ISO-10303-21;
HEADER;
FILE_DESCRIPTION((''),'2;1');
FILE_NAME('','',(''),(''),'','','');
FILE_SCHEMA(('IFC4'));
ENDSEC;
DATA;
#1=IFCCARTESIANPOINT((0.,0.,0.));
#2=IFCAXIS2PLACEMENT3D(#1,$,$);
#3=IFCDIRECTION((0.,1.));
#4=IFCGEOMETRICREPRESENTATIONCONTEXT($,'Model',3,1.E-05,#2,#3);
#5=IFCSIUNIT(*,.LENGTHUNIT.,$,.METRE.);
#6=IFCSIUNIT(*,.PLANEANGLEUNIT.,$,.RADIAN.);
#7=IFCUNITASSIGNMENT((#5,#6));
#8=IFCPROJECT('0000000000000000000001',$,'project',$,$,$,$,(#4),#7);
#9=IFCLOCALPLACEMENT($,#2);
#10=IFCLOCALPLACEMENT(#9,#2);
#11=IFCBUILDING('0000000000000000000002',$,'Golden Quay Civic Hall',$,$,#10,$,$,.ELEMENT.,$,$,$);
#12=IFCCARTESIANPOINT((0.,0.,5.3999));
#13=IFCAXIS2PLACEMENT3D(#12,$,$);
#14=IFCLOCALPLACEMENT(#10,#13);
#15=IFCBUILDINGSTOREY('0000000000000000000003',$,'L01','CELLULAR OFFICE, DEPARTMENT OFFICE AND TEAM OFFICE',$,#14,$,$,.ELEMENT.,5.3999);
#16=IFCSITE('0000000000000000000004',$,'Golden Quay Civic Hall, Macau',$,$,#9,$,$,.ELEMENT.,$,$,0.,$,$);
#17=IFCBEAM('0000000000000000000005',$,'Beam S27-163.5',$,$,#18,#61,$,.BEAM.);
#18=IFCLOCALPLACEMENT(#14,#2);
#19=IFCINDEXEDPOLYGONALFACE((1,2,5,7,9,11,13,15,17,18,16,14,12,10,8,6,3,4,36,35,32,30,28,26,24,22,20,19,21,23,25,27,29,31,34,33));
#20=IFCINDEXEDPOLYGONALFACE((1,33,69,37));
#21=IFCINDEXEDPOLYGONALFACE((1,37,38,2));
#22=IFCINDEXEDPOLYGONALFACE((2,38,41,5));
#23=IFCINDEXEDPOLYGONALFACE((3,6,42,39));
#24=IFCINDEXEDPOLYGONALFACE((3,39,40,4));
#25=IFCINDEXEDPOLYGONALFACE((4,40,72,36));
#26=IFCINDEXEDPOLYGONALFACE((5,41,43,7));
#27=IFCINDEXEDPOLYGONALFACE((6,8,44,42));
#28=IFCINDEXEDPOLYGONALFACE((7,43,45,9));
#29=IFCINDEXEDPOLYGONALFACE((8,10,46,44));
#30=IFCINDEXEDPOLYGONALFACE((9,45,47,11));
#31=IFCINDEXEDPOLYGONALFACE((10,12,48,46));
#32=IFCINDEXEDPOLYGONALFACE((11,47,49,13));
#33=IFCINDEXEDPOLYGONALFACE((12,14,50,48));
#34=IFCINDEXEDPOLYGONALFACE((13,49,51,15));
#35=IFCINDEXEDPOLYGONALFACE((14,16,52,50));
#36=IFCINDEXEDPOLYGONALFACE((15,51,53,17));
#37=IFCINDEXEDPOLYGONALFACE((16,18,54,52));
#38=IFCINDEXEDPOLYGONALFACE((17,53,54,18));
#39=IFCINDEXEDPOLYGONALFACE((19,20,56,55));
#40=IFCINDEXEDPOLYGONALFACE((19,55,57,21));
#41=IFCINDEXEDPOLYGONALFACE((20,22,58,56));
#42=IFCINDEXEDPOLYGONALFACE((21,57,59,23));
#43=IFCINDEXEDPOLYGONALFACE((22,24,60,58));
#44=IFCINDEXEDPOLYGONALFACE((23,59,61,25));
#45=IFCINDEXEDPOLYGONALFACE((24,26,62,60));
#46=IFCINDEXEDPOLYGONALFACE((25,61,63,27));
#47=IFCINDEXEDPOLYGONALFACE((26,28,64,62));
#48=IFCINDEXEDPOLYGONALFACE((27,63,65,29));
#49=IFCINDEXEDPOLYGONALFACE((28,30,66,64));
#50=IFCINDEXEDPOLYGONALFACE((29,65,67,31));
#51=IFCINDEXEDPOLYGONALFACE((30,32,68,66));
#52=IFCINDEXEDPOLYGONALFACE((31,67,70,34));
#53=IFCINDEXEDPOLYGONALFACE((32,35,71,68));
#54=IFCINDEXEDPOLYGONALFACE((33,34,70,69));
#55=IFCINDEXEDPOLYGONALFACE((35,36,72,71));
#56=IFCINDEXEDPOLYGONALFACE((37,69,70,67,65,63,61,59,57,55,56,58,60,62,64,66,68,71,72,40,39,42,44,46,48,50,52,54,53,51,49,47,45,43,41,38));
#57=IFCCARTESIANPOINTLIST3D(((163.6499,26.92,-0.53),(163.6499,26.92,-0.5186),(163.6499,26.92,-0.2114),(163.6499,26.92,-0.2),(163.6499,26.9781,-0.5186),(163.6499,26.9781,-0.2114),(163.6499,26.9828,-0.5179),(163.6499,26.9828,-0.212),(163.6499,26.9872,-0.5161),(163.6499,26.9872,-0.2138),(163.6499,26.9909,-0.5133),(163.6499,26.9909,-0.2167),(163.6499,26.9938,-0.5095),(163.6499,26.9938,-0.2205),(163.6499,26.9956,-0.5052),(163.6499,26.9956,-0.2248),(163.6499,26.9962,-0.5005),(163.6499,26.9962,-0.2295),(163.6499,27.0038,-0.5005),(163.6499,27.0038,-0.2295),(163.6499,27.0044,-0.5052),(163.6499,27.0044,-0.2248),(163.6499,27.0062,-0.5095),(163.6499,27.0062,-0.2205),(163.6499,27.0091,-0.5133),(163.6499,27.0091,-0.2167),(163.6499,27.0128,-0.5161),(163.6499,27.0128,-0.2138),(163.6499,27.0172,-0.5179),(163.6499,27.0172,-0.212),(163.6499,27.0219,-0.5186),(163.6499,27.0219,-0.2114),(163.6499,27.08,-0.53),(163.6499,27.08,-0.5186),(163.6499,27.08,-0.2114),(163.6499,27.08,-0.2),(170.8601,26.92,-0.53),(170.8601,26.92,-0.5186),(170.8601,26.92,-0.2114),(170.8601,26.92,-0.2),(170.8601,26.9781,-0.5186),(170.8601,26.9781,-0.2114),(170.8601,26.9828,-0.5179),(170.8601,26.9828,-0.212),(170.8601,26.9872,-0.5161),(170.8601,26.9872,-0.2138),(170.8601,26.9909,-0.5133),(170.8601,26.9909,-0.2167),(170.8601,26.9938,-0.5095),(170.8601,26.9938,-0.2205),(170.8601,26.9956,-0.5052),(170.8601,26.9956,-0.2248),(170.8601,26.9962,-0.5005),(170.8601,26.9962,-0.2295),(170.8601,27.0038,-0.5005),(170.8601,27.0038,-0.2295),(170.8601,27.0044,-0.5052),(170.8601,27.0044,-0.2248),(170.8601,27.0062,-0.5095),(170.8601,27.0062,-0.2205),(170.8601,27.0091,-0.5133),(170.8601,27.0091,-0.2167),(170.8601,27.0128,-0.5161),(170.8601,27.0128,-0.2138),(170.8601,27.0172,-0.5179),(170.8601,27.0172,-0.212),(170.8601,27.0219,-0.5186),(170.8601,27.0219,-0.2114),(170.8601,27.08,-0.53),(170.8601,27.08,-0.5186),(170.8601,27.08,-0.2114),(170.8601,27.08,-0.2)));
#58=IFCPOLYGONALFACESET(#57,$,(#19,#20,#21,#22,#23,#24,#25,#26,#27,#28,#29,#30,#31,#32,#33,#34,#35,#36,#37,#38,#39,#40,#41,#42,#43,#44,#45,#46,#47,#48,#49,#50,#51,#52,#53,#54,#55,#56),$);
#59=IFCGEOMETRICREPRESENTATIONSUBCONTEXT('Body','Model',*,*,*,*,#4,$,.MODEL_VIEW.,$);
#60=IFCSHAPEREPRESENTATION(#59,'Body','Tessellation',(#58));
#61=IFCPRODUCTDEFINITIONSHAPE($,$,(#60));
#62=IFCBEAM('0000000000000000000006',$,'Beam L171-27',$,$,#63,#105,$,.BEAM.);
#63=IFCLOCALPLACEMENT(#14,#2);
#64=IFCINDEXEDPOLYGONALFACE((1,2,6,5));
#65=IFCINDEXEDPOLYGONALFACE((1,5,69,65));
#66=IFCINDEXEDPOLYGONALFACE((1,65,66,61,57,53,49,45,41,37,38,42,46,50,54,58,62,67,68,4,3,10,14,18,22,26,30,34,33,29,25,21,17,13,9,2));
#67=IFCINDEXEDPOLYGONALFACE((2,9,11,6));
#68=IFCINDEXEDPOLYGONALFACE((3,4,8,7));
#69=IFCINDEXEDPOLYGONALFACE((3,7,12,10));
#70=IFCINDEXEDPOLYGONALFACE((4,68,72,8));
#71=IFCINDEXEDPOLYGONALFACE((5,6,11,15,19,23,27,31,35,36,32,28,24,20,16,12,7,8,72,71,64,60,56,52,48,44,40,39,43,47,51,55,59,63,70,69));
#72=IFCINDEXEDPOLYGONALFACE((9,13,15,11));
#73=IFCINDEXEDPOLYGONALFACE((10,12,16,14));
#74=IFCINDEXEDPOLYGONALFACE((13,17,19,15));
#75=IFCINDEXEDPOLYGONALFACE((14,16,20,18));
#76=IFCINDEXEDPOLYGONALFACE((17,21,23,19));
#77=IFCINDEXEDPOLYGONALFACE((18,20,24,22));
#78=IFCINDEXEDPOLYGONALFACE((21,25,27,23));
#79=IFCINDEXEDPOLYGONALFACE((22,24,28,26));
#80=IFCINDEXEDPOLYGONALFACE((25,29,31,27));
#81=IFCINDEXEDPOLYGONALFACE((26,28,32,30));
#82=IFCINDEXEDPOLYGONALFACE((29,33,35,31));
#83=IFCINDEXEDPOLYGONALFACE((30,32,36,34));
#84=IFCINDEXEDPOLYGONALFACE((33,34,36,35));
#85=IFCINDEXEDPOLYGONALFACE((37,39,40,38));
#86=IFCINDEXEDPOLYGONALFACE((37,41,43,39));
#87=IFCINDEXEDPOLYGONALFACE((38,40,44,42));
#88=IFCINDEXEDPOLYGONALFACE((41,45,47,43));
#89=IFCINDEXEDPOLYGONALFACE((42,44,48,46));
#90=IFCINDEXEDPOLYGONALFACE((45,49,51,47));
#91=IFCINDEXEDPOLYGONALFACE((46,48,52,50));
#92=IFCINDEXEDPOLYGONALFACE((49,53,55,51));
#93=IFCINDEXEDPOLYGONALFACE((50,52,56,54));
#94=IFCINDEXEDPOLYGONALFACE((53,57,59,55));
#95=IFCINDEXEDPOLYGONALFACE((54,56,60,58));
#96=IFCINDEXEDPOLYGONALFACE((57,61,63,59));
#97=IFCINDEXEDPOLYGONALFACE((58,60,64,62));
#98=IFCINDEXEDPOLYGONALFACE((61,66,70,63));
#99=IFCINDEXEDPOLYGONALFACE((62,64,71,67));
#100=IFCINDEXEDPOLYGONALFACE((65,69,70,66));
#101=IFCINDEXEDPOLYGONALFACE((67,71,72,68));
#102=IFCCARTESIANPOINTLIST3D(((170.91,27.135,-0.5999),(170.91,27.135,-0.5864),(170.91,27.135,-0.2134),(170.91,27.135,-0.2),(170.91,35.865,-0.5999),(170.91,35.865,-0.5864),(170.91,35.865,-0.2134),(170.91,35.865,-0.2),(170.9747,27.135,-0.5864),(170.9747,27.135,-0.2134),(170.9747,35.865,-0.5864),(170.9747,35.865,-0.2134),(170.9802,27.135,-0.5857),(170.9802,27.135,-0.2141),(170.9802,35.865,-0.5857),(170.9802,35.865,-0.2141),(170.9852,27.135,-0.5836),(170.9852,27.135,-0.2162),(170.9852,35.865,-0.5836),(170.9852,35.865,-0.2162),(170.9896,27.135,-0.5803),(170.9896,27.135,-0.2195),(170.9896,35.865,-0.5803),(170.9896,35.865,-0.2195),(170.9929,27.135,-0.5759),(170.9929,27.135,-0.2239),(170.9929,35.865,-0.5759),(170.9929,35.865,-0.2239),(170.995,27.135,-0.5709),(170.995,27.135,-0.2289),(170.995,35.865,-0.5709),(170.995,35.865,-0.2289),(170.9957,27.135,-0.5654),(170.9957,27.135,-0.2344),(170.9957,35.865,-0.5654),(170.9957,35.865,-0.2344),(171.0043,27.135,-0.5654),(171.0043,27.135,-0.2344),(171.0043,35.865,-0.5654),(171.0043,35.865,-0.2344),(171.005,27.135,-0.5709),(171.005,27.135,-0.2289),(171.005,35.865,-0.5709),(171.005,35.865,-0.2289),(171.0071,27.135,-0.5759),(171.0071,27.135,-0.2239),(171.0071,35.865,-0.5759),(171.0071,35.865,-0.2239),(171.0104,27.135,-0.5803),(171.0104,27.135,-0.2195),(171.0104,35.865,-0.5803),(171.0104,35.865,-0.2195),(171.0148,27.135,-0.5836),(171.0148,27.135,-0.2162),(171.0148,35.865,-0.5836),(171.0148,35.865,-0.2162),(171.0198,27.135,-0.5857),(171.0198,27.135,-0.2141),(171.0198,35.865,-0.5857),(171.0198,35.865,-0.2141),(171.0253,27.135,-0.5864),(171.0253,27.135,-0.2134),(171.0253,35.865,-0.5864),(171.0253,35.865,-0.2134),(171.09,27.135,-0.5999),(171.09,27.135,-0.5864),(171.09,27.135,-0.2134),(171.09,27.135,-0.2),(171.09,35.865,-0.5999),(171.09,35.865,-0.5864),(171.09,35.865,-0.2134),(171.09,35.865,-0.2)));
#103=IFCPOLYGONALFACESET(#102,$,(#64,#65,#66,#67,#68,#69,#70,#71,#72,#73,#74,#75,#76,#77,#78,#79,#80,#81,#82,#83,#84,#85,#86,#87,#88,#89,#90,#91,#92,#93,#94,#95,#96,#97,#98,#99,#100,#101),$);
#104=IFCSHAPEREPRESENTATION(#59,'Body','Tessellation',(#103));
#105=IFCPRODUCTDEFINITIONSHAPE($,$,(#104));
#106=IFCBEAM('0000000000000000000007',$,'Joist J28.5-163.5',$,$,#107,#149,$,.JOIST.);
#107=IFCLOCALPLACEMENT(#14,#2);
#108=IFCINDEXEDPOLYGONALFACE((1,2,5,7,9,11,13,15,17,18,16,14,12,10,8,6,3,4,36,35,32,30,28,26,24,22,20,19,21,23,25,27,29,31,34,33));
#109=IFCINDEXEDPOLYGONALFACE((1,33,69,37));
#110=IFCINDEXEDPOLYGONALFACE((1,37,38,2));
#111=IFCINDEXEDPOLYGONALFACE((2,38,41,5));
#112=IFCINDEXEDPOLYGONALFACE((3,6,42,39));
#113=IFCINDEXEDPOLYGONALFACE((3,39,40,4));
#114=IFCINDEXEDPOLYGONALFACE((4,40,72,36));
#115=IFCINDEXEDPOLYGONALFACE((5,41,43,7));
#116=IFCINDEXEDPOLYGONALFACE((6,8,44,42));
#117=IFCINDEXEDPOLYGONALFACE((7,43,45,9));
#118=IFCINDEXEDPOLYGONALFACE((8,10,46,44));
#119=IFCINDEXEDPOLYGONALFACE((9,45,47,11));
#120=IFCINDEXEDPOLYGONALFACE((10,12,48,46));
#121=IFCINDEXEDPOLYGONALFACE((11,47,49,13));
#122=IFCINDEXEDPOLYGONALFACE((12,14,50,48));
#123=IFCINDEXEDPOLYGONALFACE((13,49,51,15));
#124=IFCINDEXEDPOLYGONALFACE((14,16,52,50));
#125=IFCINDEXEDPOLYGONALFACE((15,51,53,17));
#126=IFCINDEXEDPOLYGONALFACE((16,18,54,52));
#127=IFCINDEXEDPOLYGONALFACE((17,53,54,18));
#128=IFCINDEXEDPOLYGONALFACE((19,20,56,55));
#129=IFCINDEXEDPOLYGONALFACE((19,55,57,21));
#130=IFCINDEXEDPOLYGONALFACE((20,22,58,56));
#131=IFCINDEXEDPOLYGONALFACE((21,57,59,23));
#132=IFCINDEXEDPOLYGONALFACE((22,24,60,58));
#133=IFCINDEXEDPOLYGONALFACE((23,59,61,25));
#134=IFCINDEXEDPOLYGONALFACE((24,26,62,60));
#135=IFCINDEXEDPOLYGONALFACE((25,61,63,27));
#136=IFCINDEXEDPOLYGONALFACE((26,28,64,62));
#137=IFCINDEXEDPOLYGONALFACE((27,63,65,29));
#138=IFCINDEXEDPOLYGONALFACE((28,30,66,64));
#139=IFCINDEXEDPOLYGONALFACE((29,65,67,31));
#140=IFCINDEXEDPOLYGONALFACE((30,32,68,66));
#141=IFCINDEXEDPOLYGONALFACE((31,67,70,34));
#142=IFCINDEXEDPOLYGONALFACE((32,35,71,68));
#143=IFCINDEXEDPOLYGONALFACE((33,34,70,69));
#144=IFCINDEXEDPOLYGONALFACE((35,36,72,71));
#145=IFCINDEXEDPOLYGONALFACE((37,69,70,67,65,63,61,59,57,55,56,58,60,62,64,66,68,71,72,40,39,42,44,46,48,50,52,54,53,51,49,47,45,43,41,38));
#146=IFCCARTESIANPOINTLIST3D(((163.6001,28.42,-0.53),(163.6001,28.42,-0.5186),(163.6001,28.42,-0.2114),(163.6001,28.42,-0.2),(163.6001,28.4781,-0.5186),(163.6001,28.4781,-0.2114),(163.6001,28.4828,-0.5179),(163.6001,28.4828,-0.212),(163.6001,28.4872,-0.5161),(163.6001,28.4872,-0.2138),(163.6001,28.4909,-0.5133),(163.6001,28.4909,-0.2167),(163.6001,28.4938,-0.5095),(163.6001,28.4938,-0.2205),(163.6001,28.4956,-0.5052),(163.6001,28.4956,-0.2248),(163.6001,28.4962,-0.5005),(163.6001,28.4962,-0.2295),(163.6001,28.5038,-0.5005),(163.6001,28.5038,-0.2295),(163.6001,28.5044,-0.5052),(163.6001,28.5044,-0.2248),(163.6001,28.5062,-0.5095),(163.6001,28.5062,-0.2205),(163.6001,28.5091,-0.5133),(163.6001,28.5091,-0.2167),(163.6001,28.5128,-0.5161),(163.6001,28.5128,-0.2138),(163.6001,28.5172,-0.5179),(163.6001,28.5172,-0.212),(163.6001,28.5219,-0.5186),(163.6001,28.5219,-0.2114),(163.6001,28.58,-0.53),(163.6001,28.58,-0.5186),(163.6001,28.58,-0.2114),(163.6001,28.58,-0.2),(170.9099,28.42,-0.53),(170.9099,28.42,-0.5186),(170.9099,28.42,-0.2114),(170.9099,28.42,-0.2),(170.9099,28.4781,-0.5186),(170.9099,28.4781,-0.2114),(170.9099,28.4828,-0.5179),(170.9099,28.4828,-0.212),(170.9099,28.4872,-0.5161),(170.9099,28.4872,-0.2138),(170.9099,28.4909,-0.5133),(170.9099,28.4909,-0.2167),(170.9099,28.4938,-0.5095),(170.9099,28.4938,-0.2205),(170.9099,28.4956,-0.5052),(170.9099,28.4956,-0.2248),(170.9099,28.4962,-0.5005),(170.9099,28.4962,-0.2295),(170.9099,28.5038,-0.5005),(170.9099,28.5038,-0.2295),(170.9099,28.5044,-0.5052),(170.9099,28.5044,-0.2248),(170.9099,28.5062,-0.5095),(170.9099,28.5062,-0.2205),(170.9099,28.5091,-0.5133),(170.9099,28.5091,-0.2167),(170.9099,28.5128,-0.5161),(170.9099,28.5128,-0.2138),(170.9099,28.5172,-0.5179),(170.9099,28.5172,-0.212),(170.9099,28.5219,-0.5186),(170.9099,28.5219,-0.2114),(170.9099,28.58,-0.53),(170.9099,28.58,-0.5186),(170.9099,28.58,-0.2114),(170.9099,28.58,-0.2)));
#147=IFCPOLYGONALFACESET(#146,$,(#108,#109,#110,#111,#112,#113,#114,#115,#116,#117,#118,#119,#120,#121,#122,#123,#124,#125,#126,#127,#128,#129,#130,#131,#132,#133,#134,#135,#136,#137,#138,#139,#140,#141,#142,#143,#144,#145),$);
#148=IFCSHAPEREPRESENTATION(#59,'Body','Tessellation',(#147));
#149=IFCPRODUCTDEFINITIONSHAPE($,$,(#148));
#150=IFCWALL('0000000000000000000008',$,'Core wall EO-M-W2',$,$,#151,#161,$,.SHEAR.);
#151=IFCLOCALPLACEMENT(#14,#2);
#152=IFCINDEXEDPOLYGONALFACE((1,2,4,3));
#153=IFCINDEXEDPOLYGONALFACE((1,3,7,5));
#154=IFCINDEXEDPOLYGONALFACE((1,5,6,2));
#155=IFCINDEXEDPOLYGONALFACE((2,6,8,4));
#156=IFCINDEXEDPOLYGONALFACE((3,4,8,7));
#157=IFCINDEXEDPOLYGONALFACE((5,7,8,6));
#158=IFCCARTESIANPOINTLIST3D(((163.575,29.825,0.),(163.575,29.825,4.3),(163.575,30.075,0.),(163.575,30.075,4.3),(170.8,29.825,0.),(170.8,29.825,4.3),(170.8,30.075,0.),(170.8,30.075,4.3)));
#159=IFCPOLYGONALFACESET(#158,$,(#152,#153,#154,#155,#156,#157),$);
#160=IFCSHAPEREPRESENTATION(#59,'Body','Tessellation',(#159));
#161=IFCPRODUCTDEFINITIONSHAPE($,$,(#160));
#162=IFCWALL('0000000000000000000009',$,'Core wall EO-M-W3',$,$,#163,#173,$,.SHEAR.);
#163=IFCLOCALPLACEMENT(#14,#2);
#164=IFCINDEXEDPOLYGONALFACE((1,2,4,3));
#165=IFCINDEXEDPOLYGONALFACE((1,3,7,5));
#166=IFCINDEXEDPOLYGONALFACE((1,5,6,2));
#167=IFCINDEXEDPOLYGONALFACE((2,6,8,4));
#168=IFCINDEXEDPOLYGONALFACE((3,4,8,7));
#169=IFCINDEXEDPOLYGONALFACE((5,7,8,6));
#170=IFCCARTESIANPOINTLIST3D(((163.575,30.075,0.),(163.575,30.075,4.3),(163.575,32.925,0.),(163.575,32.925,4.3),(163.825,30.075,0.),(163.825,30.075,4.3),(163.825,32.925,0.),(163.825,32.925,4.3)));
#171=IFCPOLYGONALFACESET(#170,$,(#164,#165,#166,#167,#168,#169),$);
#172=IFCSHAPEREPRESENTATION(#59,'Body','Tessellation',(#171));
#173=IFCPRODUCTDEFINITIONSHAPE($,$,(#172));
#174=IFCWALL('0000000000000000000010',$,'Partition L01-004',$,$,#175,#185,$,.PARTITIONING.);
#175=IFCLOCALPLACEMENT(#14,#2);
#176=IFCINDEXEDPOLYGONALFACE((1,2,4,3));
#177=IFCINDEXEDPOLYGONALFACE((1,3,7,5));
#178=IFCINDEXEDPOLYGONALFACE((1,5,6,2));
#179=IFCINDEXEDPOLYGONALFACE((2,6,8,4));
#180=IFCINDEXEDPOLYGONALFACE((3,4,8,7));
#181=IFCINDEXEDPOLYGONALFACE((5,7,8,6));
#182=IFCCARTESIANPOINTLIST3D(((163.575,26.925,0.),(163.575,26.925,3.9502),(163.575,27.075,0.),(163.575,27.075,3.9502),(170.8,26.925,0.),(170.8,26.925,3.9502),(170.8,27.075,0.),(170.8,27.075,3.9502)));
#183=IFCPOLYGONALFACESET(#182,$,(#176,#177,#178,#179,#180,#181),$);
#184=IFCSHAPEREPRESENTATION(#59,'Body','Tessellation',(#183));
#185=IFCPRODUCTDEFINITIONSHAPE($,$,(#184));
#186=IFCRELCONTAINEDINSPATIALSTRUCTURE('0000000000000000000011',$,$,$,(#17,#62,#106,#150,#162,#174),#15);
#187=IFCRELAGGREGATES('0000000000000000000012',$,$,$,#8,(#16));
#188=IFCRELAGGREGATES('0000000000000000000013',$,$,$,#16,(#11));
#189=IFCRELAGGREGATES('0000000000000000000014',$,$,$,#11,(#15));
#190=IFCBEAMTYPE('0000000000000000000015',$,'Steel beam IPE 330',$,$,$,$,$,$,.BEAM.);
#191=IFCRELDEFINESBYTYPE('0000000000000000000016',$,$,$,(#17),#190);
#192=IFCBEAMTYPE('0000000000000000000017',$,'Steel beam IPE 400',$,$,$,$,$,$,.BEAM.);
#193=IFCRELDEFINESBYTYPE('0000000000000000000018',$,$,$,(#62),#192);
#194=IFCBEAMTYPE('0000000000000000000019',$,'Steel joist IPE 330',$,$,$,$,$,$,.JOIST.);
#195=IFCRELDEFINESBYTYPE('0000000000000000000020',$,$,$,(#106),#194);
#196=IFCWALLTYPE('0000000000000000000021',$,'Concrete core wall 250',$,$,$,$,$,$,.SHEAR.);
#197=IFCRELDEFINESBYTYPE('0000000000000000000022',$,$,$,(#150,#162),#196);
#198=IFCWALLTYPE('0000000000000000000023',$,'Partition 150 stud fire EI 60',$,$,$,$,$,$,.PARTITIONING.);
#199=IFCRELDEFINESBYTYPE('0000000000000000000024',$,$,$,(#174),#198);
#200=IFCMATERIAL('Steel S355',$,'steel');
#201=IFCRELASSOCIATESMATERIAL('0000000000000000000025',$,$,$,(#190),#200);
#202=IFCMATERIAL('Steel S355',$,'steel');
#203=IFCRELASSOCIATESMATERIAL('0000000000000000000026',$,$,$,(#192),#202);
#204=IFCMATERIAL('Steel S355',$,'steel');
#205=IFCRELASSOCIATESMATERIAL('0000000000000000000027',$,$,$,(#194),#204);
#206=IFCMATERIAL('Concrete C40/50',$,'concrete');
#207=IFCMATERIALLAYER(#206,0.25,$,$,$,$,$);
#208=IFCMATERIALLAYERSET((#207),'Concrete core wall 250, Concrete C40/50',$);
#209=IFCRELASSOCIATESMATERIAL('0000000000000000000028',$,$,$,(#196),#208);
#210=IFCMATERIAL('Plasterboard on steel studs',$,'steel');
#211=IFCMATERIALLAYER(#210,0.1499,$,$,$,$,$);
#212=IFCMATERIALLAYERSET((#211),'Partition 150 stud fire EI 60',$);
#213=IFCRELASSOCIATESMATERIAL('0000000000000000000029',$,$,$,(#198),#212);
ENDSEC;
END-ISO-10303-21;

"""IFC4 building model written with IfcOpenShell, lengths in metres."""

from ifc_helpers import new_model, si_unit, direction, frame, frame_2d, origin, origin_2d, place, context, subcontext, project, spatial, rectangle, i_section, extrude, material, layer, layer_set, material_profile, profile_set, type_object, element, save


model = new_model("IFC4")

# Units and contexts
model_context = context("Model", 3, precision=1e-05, world=origin(), true_north=direction((0.0, 1.0)))
body_context = subcontext(model_context, "Body", "Model", "MODEL_VIEW")
ifc_project = project(units=[si_unit("LENGTHUNIT", "METRE"), si_unit("PLANEANGLEUNIT", "RADIAN")], contexts=[model_context])

# Site, building, storey
site_placement = place(None, origin())
site = spatial("IfcSite", under=ifc_project, at=site_placement, Name="Golden Quay Civic Hall, Macau", CompositionType="ELEMENT", RefElevation=0.0)
building_placement = place(site_placement, origin())
building = spatial("IfcBuilding", under=site, at=building_placement, Name="Golden Quay Civic Hall", CompositionType="ELEMENT")
storey_placement = place(building_placement, frame((0.0, 0.0, 5.3999)))
storey = spatial("IfcBuildingStorey", under=building, at=storey_placement, Name="L01", Description="CELLULAR OFFICE, DEPARTMENT OFFICE AND TEAM OFFICE", CompositionType="ELEMENT", Elevation=5.3999)

# Beams
ifc_material_1 = material(Name="Steel S355", Category="steel")
ifc_material_profile_1 = material_profile(ifc_material_1, i_section(OverallWidth=0.1599, OverallDepth=0.3301, WebThickness=0.0076, FlangeThickness=0.0115, FilletRadius=0.0181, at=origin_2d()), Name="IPE 330")
ifc_profile_set_1 = profile_set([ifc_material_profile_1], Name="Steel S355")
beam_type_1 = type_object("IfcBeamType", Name="Steel beam IPE 330", PredefinedType="BEAM", material=ifc_profile_set_1)
beam_1_placement = place(storey_placement, frame((163.6499, 27.0, -0.365), z_axis=(1.0, 0.0, 0.0), x_axis=(0.0, 1.0, 0.0)))
element("IfcBeam", 1, at=beam_1_placement, inside=storey, type_object=beam_type_1, Name="Beam S27-163.5", PredefinedType="BEAM", context=body_context, shape_type="SweptSolid", body=[
    extrude(i_section(OverallWidth=0.1599, OverallDepth=0.3301, WebThickness=0.0076, FlangeThickness=0.0115, FilletRadius=0.0181, at=origin_2d()), origin(), (0.0, 0.0, 1.0), 7.2102),
])
ifc_material_2 = material(Name="Steel S355", Category="steel")
ifc_material_profile_2 = material_profile(ifc_material_2, i_section(OverallWidth=0.1799, OverallDepth=0.3999, WebThickness=0.0085, FlangeThickness=0.0134, FilletRadius=0.021, at=origin_2d()), Name="IPE 400")
ifc_profile_set_2 = profile_set([ifc_material_profile_2], Name="Steel S355")
beam_type_2 = type_object("IfcBeamType", Name="Steel beam IPE 400", PredefinedType="BEAM", material=ifc_profile_set_2)
beam_2_placement = place(storey_placement, frame((171.0, 27.135, -0.3999), z_axis=(0.0, 1.0, 0.0), x_axis=(-1.0, 0.0, 0.0)))
element("IfcBeam", 2, at=beam_2_placement, inside=storey, type_object=beam_type_2, Name="Beam L171-27", PredefinedType="BEAM", context=body_context, shape_type="SweptSolid", body=[
    extrude(i_section(OverallWidth=0.1799, OverallDepth=0.3999, WebThickness=0.0085, FlangeThickness=0.0134, FilletRadius=0.021, at=origin_2d()), origin(), (0.0, 0.0, 1.0), 8.73),
])
ifc_material_3 = material(Name="Steel S355", Category="steel")
ifc_material_profile_3 = material_profile(ifc_material_3, i_section(OverallWidth=0.1599, OverallDepth=0.3301, WebThickness=0.0076, FlangeThickness=0.0115, FilletRadius=0.0181, at=origin_2d()), Name="IPE 330")
ifc_profile_set_3 = profile_set([ifc_material_profile_3], Name="Steel S355")
beam_type_3 = type_object("IfcBeamType", Name="Steel joist IPE 330", PredefinedType="JOIST", material=ifc_profile_set_3)
beam_3_placement = place(storey_placement, frame((163.6001, 28.5, -0.365), z_axis=(1.0, 0.0, 0.0), x_axis=(0.0, 1.0, 0.0)))
element("IfcBeam", 3, at=beam_3_placement, inside=storey, type_object=beam_type_3, Name="Joist J28.5-163.5", PredefinedType="JOIST", context=body_context, shape_type="SweptSolid", body=[
    extrude(i_section(OverallWidth=0.1599, OverallDepth=0.3301, WebThickness=0.0076, FlangeThickness=0.0115, FilletRadius=0.0181, at=origin_2d()), origin(), (0.0, 0.0, 1.0), 7.3098),
])

# Walls
ifc_material_4 = material(Name="Concrete C40/50", Category="concrete")
ifc_layer_1 = layer(ifc_material_4, 0.25)
ifc_layer_set_1 = layer_set([ifc_layer_1], Name="Concrete core wall 250, Concrete C40/50")
wall_type_1 = type_object("IfcWallType", Name="Concrete core wall 250", PredefinedType="SHEAR", material=ifc_layer_set_1)
wall_1_placement = place(storey_placement, frame((163.575, 29.95, 0.0), z_axis=(0.0, 0.0, 1.0), x_axis=(1.0, 0.0, 0.0)))
element("IfcWall", 4, at=wall_1_placement, inside=storey, type_object=wall_type_1, Name="Core wall EO-M-W2", PredefinedType="SHEAR", context=body_context, shape_type="SweptSolid", body=[
    extrude(rectangle(XDim=7.2251, YDim=0.25, at=frame_2d((3.6125, 0.0))), origin(), (0.0, 0.0, 1.0), 4.3),
])
wall_2_placement = place(storey_placement, frame((163.7, 30.075, 0.0), z_axis=(0.0, 0.0, 1.0), x_axis=(0.0, 1.0, 0.0)))
element("IfcWall", 5, at=wall_2_placement, inside=storey, type_object=wall_type_1, Name="Core wall EO-M-W3", PredefinedType="SHEAR", context=body_context, shape_type="SweptSolid", body=[
    extrude(rectangle(XDim=2.8501, YDim=0.25, at=frame_2d((1.425, 0.0))), origin(), (0.0, 0.0, 1.0), 4.3),
])
ifc_material_5 = material(Name="Plasterboard on steel studs", Category="steel")
ifc_layer_2 = layer(ifc_material_5, 0.1499)
ifc_layer_set_2 = layer_set([ifc_layer_2], Name="Partition 150 stud fire EI 60")
wall_type_2 = type_object("IfcWallType", Name="Partition 150 stud fire EI 60", PredefinedType="PARTITIONING", material=ifc_layer_set_2)
wall_3_placement = place(storey_placement, frame((163.575, 27.0, 0.0), z_axis=(0.0, 0.0, 1.0), x_axis=(1.0, 0.0, 0.0)))
element("IfcWall", 6, at=wall_3_placement, inside=storey, type_object=wall_type_2, Name="Partition L01-004", PredefinedType="PARTITIONING", context=body_context, shape_type="SweptSolid", body=[
    extrude(rectangle(XDim=7.2251, YDim=0.1499, at=frame_2d((3.6125, 0.0))), origin(), (0.0, 0.0, 1.0), 3.9502),
])

save(model, "model.ifc")
